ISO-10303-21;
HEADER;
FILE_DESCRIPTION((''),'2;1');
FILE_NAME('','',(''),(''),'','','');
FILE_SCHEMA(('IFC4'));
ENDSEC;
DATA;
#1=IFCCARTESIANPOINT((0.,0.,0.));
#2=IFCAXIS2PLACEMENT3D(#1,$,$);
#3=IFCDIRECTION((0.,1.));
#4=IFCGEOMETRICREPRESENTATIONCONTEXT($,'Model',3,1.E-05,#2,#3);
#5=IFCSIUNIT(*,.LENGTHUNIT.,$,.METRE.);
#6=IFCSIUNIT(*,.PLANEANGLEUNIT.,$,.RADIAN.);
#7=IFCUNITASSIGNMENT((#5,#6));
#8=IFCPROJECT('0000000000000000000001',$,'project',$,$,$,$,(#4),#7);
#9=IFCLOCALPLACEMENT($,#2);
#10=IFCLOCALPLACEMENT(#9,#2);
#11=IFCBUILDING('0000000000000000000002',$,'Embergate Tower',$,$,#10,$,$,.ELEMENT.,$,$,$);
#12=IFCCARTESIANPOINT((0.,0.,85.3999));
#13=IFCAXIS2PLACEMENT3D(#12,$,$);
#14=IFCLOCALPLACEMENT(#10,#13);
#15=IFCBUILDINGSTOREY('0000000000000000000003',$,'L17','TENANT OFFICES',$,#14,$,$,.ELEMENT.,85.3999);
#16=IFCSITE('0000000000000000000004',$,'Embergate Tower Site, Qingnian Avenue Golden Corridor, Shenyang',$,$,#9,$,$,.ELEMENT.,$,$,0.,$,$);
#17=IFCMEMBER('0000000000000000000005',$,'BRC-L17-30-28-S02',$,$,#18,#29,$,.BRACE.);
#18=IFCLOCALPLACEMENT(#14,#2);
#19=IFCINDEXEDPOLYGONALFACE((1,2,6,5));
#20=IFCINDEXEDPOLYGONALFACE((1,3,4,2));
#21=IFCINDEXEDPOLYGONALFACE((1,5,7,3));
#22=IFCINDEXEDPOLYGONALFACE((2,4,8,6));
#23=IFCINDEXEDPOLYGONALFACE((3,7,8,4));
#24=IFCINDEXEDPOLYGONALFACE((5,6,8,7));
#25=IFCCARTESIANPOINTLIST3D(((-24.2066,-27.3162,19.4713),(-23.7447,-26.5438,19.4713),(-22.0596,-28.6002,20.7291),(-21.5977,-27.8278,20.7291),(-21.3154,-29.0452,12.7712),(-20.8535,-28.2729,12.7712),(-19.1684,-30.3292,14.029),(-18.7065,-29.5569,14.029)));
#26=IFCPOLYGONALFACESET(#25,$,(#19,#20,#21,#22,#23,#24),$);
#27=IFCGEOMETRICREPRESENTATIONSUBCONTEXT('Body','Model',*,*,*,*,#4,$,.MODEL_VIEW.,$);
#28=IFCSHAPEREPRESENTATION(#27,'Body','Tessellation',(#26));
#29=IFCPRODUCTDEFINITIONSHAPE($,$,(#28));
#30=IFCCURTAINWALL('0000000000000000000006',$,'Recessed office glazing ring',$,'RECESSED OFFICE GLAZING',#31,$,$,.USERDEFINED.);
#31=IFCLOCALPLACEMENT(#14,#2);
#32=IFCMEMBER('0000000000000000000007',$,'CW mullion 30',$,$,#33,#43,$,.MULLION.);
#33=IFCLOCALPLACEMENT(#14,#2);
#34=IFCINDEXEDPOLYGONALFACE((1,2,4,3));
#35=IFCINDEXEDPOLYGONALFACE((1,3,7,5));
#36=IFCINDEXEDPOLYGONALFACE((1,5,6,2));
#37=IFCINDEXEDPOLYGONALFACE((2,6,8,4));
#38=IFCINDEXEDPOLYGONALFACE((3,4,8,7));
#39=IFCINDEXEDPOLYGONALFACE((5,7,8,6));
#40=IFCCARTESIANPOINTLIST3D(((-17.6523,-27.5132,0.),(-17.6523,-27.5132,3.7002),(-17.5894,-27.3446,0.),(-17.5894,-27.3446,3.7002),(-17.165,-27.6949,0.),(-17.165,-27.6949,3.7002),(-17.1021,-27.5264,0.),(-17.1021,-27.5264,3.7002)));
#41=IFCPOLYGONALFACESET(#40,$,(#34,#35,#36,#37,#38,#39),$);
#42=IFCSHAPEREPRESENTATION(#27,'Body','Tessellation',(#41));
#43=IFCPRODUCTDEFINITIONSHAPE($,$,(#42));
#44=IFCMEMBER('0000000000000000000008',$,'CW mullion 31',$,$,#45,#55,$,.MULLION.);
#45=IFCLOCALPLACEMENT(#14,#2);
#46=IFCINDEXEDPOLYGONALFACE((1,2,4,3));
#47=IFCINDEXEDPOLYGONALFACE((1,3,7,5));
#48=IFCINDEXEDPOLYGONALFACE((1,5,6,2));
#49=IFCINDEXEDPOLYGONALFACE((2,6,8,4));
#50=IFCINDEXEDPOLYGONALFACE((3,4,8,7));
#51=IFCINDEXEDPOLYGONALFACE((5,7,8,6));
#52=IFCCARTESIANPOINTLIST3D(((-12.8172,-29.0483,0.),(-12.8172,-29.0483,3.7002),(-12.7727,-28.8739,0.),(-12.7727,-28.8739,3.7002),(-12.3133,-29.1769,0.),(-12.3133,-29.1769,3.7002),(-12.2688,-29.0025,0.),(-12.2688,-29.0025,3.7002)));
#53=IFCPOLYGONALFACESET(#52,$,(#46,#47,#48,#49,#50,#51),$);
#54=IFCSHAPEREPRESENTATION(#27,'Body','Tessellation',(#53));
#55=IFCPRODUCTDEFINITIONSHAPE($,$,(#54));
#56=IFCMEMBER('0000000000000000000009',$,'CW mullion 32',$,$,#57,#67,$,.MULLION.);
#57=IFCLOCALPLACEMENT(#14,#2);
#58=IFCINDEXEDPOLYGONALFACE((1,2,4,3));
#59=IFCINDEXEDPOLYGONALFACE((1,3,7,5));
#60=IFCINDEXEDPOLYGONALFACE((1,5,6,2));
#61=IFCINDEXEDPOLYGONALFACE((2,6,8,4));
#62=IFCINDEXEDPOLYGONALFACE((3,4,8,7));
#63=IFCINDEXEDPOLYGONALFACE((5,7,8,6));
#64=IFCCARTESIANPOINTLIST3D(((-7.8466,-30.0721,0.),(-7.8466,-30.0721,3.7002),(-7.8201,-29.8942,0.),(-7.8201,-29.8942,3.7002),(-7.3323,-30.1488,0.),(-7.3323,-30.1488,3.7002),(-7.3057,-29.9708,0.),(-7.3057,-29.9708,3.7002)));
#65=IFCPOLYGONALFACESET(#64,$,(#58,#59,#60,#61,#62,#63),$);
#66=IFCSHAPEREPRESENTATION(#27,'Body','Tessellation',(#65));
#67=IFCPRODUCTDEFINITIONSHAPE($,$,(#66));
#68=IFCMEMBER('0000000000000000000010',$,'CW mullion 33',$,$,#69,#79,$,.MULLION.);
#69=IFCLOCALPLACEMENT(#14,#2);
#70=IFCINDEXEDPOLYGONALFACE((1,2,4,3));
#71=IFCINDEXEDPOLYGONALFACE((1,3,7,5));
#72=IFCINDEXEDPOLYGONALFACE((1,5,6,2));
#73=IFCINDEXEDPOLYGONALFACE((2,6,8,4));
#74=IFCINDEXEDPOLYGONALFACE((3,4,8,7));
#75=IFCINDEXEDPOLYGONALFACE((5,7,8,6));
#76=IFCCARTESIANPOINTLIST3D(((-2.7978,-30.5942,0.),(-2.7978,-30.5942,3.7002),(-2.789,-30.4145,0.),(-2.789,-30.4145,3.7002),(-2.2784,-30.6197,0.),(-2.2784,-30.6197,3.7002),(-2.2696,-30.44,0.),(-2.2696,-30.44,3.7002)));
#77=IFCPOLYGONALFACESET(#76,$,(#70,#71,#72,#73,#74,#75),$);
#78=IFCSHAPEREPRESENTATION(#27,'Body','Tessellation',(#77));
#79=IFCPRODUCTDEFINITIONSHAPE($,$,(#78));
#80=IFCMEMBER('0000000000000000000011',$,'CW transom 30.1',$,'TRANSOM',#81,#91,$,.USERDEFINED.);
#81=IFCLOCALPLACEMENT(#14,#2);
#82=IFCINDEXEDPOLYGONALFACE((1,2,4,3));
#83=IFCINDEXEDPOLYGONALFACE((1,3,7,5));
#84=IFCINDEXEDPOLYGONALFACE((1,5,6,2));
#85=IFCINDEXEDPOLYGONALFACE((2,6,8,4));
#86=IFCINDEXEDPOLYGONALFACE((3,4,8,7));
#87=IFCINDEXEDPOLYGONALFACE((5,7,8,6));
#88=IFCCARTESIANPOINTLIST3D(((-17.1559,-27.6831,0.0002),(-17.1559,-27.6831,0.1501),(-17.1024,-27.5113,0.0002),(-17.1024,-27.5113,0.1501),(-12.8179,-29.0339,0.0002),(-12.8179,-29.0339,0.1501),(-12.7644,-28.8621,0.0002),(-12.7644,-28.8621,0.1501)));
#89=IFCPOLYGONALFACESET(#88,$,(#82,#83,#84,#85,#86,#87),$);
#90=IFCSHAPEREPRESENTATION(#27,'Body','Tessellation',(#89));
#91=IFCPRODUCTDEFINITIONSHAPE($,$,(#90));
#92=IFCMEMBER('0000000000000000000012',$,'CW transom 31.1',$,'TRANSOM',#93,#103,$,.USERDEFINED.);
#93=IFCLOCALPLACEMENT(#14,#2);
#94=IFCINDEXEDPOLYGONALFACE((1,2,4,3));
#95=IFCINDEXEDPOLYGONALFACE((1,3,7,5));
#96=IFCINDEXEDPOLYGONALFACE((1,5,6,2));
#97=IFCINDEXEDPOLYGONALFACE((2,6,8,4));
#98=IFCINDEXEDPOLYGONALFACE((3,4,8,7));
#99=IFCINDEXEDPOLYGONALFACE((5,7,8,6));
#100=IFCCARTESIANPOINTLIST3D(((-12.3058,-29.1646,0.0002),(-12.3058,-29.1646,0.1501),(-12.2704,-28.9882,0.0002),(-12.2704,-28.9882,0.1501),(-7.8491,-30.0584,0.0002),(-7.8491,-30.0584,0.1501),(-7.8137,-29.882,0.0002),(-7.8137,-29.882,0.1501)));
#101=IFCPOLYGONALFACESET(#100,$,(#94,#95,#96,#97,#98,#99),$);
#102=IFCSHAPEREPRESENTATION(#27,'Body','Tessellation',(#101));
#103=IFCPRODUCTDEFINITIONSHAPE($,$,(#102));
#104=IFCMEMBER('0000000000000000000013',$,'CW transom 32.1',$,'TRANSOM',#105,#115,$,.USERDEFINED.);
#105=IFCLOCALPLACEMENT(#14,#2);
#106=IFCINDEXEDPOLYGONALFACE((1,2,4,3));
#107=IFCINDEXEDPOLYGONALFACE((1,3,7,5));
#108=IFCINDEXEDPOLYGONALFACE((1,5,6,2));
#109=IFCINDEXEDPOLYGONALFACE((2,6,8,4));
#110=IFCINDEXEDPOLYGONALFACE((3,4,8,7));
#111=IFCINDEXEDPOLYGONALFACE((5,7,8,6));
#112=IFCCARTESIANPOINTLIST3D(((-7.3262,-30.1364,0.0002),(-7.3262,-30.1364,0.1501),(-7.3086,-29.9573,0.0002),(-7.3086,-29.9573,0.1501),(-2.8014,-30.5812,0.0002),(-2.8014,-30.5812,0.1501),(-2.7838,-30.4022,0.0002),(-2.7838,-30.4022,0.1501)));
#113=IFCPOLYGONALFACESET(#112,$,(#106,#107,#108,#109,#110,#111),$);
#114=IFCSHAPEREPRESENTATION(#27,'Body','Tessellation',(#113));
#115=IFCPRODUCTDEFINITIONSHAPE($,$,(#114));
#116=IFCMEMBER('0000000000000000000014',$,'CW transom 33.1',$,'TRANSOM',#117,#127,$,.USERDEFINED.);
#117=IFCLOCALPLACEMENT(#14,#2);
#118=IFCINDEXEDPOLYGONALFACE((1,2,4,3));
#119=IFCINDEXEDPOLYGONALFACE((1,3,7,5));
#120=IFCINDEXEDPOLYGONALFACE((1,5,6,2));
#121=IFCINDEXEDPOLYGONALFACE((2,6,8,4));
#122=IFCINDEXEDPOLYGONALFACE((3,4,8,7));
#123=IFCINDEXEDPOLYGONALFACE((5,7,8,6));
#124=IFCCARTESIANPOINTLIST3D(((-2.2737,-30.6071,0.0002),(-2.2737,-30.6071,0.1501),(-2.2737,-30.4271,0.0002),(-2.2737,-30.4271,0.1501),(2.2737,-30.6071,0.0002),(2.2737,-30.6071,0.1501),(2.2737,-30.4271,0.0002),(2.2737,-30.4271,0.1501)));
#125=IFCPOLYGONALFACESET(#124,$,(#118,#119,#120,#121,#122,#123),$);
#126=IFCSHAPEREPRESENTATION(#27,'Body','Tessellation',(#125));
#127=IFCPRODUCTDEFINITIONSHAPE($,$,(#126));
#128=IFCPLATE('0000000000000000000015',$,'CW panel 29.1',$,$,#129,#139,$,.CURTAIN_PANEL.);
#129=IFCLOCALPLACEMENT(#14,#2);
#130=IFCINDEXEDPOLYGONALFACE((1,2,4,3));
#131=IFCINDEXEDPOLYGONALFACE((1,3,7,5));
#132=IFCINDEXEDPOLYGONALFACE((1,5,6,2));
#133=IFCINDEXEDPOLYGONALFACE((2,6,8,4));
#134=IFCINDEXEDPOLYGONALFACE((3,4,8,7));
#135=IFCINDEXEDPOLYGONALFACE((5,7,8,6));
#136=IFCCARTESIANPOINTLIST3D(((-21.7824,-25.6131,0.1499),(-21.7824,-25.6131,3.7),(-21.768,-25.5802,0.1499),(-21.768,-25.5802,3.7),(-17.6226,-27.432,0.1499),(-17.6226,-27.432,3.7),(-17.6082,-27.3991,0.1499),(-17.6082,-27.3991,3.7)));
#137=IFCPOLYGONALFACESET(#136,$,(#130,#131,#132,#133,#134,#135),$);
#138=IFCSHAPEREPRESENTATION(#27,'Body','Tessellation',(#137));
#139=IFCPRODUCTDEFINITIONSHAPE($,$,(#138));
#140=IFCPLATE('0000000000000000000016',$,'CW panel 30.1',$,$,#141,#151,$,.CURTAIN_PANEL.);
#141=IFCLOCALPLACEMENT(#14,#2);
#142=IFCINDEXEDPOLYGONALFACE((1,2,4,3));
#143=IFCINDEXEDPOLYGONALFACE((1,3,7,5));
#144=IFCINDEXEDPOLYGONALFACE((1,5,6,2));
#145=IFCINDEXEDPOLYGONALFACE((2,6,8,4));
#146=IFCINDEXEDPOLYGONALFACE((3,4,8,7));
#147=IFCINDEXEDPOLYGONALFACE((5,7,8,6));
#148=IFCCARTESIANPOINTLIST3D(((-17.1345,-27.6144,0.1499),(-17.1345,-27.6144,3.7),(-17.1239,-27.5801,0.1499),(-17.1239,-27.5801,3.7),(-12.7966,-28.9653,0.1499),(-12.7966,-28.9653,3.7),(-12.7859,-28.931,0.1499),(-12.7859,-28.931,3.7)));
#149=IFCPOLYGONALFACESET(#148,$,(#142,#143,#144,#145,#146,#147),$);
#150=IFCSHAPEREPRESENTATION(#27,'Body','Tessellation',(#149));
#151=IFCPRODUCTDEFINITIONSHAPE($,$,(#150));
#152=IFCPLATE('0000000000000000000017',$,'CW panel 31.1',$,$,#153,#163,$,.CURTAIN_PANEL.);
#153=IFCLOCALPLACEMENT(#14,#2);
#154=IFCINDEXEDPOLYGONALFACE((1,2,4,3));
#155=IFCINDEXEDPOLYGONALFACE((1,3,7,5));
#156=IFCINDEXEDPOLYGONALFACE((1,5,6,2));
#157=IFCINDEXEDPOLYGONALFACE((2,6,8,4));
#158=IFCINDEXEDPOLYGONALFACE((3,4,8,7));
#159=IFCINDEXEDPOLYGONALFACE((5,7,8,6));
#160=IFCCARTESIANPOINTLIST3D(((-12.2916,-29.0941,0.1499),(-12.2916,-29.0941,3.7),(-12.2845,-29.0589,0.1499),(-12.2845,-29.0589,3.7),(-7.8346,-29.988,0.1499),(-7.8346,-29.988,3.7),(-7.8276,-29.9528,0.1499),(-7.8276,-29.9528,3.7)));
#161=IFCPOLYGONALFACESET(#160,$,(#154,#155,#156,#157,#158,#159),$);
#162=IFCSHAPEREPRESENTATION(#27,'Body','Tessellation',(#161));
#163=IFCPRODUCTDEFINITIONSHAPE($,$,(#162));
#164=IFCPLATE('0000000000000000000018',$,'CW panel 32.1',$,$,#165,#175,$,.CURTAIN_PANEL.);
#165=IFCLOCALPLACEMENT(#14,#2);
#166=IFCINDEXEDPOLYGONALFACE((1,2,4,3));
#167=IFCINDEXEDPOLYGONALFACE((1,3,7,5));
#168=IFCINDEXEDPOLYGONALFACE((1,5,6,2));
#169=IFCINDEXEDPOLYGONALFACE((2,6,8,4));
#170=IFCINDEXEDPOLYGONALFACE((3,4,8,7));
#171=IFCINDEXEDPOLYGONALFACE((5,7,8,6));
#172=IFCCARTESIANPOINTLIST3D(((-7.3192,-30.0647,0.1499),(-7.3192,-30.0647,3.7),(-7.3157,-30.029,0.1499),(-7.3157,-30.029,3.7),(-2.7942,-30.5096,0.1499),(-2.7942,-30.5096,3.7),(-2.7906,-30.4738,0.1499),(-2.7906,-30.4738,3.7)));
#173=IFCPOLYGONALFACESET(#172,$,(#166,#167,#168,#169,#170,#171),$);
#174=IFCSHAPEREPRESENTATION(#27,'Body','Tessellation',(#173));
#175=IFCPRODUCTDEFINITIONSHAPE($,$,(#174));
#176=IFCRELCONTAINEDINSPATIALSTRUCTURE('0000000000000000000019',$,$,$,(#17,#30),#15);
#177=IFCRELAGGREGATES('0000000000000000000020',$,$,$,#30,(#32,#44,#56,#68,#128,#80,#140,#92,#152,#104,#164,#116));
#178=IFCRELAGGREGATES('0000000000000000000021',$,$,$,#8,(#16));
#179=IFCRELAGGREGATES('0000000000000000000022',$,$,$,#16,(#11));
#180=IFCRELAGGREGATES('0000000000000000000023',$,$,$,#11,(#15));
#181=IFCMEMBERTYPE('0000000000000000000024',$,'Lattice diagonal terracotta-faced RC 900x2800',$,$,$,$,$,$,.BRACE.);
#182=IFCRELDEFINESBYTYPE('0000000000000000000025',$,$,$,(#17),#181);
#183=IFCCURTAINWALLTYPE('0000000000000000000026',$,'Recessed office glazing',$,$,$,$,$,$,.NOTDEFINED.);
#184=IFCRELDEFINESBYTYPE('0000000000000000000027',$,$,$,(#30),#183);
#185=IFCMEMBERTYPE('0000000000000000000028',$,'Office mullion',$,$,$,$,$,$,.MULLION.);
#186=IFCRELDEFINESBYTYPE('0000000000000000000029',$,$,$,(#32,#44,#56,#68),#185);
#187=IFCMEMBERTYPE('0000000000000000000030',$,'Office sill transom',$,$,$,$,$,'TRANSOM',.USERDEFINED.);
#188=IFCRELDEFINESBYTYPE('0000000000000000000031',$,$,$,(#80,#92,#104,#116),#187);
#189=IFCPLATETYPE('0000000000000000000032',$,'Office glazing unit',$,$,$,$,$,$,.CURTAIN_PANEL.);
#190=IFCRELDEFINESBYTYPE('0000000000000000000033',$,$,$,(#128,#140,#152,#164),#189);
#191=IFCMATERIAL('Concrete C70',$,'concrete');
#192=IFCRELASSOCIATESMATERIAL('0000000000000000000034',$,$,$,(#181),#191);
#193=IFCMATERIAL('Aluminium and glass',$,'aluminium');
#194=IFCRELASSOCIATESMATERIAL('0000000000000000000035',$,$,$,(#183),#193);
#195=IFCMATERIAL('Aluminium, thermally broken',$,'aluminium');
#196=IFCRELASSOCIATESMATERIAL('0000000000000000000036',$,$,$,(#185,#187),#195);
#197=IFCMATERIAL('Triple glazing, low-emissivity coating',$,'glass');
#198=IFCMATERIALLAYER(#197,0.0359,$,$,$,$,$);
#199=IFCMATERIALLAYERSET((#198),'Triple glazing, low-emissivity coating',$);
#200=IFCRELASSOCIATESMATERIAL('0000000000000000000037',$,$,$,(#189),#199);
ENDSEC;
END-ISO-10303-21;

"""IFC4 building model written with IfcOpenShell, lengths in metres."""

from ifc_helpers import new_model, si_unit, direction, frame, origin, origin_2d, place, context, subcontext, project, spatial, rectangle, extrude, source, transform, mapped, material, layer, layer_set, material_profile, profile_set, type_object, element, aggregate, save


model = new_model("IFC4")

# Units and contexts
model_context = context("Model", 3, precision=1e-05, world=origin(), true_north=direction((0.0, 1.0)))
body_context = subcontext(model_context, "Body", "Model", "MODEL_VIEW")
ifc_project = project(units=[si_unit("LENGTHUNIT", "METRE"), si_unit("PLANEANGLEUNIT", "RADIAN")], contexts=[model_context])

# Site, building, storey
site_placement = place(None, origin())
site = spatial("IfcSite", under=ifc_project, at=site_placement, Name="Embergate Tower Site, Qingnian Avenue Golden Corridor, Shenyang", CompositionType="ELEMENT", RefElevation=0.0)
building_placement = place(site_placement, origin())
building = spatial("IfcBuilding", under=site, at=building_placement, Name="Embergate Tower", CompositionType="ELEMENT")
storey_placement = place(building_placement, frame((0.0, 0.0, 85.3999)))
storey = spatial("IfcBuildingStorey", under=building, at=storey_placement, Name="L17", Description="TENANT OFFICES", CompositionType="ELEMENT", Elevation=85.3999)

# Shared definitions
ifc_material_1 = material(Name="Concrete C70", Category="concrete")

# Member
ifc_material_profile_1 = material_profile(ifc_material_1, rectangle(XDim=0.8999, YDim=2.8, at=origin_2d()), Name="RC 900x2800")
ifc_profile_set_1 = profile_set([ifc_material_profile_1], Name="Concrete C70")
member_type_1 = type_object("IfcMemberType", Name="Lattice diagonal terracotta-faced RC 900x2800", PredefinedType="BRACE", material=ifc_profile_set_1)
shared_shape_1 = source(origin(), body_context, "Body", "SweptSolid", [
    extrude(rectangle(XDim=0.8999, YDim=2.8, at=origin_2d()), origin(), (0.0, 0.0, 1.0), 7.4993),
])
member_1_placement = place(storey_placement, frame((-20.011, -29.301, 13.4001), z_axis=(-0.385525, 0.23056, 0.893427), x_axis=(-0.513259, -0.858234, 0.0)))
element("IfcMember", 1, at=member_1_placement, inside=storey, type_object=member_type_1, Name="BRC-L17-30-28-S02", PredefinedType="BRACE", context=body_context, shape_type="MappedRepresentation", body=[
    mapped(shared_shape_1, transform((0.0, 0.0, 0.0))),
])

# Curtain wall, members, plates
ifc_material_2 = material(Name="Aluminium and glass", Category="aluminium")
curtain_wall_type = type_object("IfcCurtainWallType", Name="Recessed office glazing", PredefinedType="NOTDEFINED", material=ifc_material_2)
curtain_wall_placement = place(storey_placement, origin())
curtain_wall = element("IfcCurtainWall", 2, at=curtain_wall_placement, inside=storey, type_object=curtain_wall_type, Name="Recessed office glazing ring", ObjectType="RECESSED OFFICE GLAZING", PredefinedType="USERDEFINED")
ifc_material_3 = material(Name="Aluminium, thermally broken", Category="aluminium")
ifc_material_profile_2 = material_profile(ifc_material_3, rectangle(XDim=0.1799, YDim=0.52, at=origin_2d()), Name="AL 520x180")
ifc_profile_set_2 = profile_set([ifc_material_profile_2], Name="Aluminium, thermally broken")
member_type_2 = type_object("IfcMemberType", Name="Office mullion", PredefinedType="MULLION", material=ifc_profile_set_2)
shared_shape_2 = source(origin(), body_context, "Body", "SweptSolid", [
    extrude(rectangle(XDim=0.1799, YDim=0.52, at=origin_2d()), origin(), (0.0, 0.0, 1.0), 3.7002),
])
member_2_placement = place(storey_placement, frame((-17.3772, -27.5198, 0.0), z_axis=(0.0, 0.0, 1.0), x_axis=(0.349503, 0.936935, 0.0)))
member_2 = element("IfcMember", 3, at=member_2_placement, type_object=member_type_2, Name="CW mullion 30", PredefinedType="MULLION", context=body_context, shape_type="MappedRepresentation", body=[
    mapped(shared_shape_2, transform((0.0, 0.0, 0.0))),
])
member_3_placement = place(storey_placement, frame((-12.543, -29.0254, 0.0), z_axis=(0.0, 0.0, 1.0), x_axis=(0.247312, 0.968936, 0.0)))
member_3 = element("IfcMember", 4, at=member_3_placement, type_object=member_type_2, Name="CW mullion 31", PredefinedType="MULLION", context=body_context, shape_type="MappedRepresentation", body=[
    mapped(shared_shape_2, transform((0.0, 0.0, 0.0))),
])
member_4_placement = place(storey_placement, frame((-7.5762, -30.0215, 0.0), z_axis=(0.0, 0.0, 1.0), x_axis=(0.147412, 0.989075, 0.0)))
member_4 = element("IfcMember", 5, at=member_4_placement, type_object=member_type_2, Name="CW mullion 32", PredefinedType="MULLION", context=body_context, shape_type="MappedRepresentation", body=[
    mapped(shared_shape_2, transform((0.0, 0.0, 0.0))),
])
member_5_placement = place(storey_placement, frame((-2.5337, -30.5171, 0.0), z_axis=(0.0, 0.0, 1.0), x_axis=(0.048972, 0.9988, 0.0)))
member_5 = element("IfcMember", 6, at=member_5_placement, type_object=member_type_2, Name="CW mullion 33", PredefinedType="MULLION", context=body_context, shape_type="MappedRepresentation", body=[
    mapped(shared_shape_2, transform((0.0, 0.0, 0.0))),
])
ifc_material_profile_3 = material_profile(ifc_material_3, rectangle(XDim=0.1799, YDim=0.1499, at=origin_2d()), Name="AL 150x180")
ifc_profile_set_3 = profile_set([ifc_material_profile_3], Name="Aluminium, thermally broken")
member_type_3 = type_object("IfcMemberType", Name="Office sill transom", ElementType="TRANSOM", PredefinedType="USERDEFINED", material=ifc_profile_set_3)
shared_shape_3 = source(origin(), body_context, "Body", "SweptSolid", [
    extrude(rectangle(XDim=0.1799, YDim=0.1499, at=origin_2d()), origin(), (0.0, 0.0, 1.0), 4.5435),
])
member_6_placement = place(storey_placement, frame((-17.1292, -27.5972, 0.0752), z_axis=(0.954778, -0.29732, 0.0), x_axis=(0.29732, 0.954778, 0.0)))
member_6 = element("IfcMember", 7, at=member_6_placement, type_object=member_type_3, Name="CW transom 30.1", ObjectType="TRANSOM", PredefinedType="USERDEFINED", context=body_context, shape_type="MappedRepresentation", body=[
    mapped(shared_shape_3, transform((0.0, 0.0, 0.0))),
])
shared_shape_4 = source(origin(), body_context, "Body", "SweptSolid", [
    extrude(rectangle(XDim=0.1799, YDim=0.1499, at=origin_2d()), origin(), (0.0, 0.0, 1.0), 4.5454),
])
member_7_placement = place(storey_placement, frame((-12.2881, -29.0764, 0.0752), z_axis=(0.980477, -0.196633, 0.0), x_axis=(0.196633, 0.980477, 0.0)))
member_7 = element("IfcMember", 8, at=member_7_placement, type_object=member_type_3, Name="CW transom 31.1", ObjectType="TRANSOM", PredefinedType="USERDEFINED", context=body_context, shape_type="MappedRepresentation", body=[
    mapped(shared_shape_4, transform((0.0, 0.0, 0.0))),
])
shared_shape_5 = source(origin(), body_context, "Body", "SweptSolid", [
    extrude(rectangle(XDim=0.1799, YDim=0.1499, at=origin_2d()), origin(), (0.0, 0.0, 1.0), 4.5466),
])
member_8_placement = place(storey_placement, frame((-7.3174, -30.0469, 0.0752), z_axis=(0.995203, -0.097834, 0.0), x_axis=(0.097834, 0.995203, 0.0)))
member_8 = element("IfcMember", 9, at=member_8_placement, type_object=member_type_3, Name="CW transom 32.1", ObjectType="TRANSOM", PredefinedType="USERDEFINED", context=body_context, shape_type="MappedRepresentation", body=[
    mapped(shared_shape_5, transform((0.0, 0.0, 0.0))),
])
shared_shape_6 = source(origin(), body_context, "Body", "SweptSolid", [
    extrude(rectangle(XDim=0.1799, YDim=0.1499, at=origin_2d()), origin(), (0.0, 0.0, 1.0), 4.5474),
])
member_9_placement = place(storey_placement, frame((-2.2737, -30.5171, 0.0752), z_axis=(1.0, 0.0, 0.0), x_axis=(0.0, 1.0, 0.0)))
member_9 = element("IfcMember", 10, at=member_9_placement, type_object=member_type_3, Name="CW transom 33.1", ObjectType="TRANSOM", PredefinedType="USERDEFINED", context=body_context, shape_type="MappedRepresentation", body=[
    mapped(shared_shape_6, transform((0.0, 0.0, 0.0))),
])
ifc_material_4 = material(Name="Triple glazing, low-emissivity coating", Category="glass")
ifc_layer = layer(ifc_material_4, 0.0359)
ifc_layer_set = layer_set([ifc_layer], Name="Triple glazing, low-emissivity coating")
plate_type = type_object("IfcPlateType", Name="Office glazing unit", PredefinedType="CURTAIN_PANEL", material=ifc_layer_set)
shared_shape_7 = source(origin(), body_context, "Body", "SweptSolid", [
    extrude(rectangle(XDim=4.54, YDim=0.0359, at=origin_2d()), origin(), (0.0, 0.0, 1.0), 3.55),
])
plate_1_placement = place(storey_placement, frame((-19.6953, -26.5061, 0.1499), z_axis=(0.0, 0.0, 1.0), x_axis=(0.916236, -0.400638, 0.0)))
plate_1 = element("IfcPlate", 11, at=plate_1_placement, type_object=plate_type, Name="CW panel 29.1", PredefinedType="CURTAIN_PANEL", context=body_context, shape_type="MappedRepresentation", body=[
    mapped(shared_shape_7, transform((0.0, 0.0, 0.0))),
])
shared_shape_8 = source(origin(), body_context, "Body", "SweptSolid", [
    extrude(rectangle(XDim=4.5435, YDim=0.0359, at=origin_2d()), origin(), (0.0, 0.0, 1.0), 3.55),
])
plate_2_placement = place(storey_placement, frame((-14.9602, -28.2727, 0.1499), z_axis=(0.0, 0.0, 1.0), x_axis=(0.954772, -0.297338, 0.0)))
plate_2 = element("IfcPlate", 12, at=plate_2_placement, type_object=plate_type, Name="CW panel 30.1", PredefinedType="CURTAIN_PANEL", context=body_context, shape_type="MappedRepresentation", body=[
    mapped(shared_shape_8, transform((0.0, 0.0, 0.0))),
])
shared_shape_9 = source(origin(), body_context, "Body", "SweptSolid", [
    extrude(rectangle(XDim=4.5457, YDim=0.0359, at=origin_2d()), origin(), (0.0, 0.0, 1.0), 3.55),
])
plate_3_placement = place(storey_placement, frame((-10.0596, -29.5234, 0.1499), z_axis=(0.0, 0.0, 1.0), x_axis=(0.980476, -0.196639, 0.0)))
plate_3 = element("IfcPlate", 13, at=plate_3_placement, type_object=plate_type, Name="CW panel 31.1", PredefinedType="CURTAIN_PANEL", context=body_context, shape_type="MappedRepresentation", body=[
    mapped(shared_shape_9, transform((0.0, 0.0, 0.0))),
])
shared_shape_10 = source(origin(), body_context, "Body", "SweptSolid", [
    extrude(rectangle(XDim=4.5469, YDim=0.0359, at=origin_2d()), origin(), (0.0, 0.0, 1.0), 3.55),
])
plate_4_placement = place(storey_placement, frame((-5.0549, -30.2693, 0.1499), z_axis=(0.0, 0.0, 1.0), x_axis=(0.995203, -0.09783, 0.0)))
plate_4 = element("IfcPlate", 14, at=plate_4_placement, type_object=plate_type, Name="CW panel 32.1", PredefinedType="CURTAIN_PANEL", context=body_context, shape_type="MappedRepresentation", body=[
    mapped(shared_shape_10, transform((0.0, 0.0, 0.0))),
])
aggregate(curtain_wall, [member_2, member_3, member_4, member_5, plate_1, member_6, plate_2, member_7, plate_3, member_8, plate_4, member_9])

save(model, "model.ifc")
